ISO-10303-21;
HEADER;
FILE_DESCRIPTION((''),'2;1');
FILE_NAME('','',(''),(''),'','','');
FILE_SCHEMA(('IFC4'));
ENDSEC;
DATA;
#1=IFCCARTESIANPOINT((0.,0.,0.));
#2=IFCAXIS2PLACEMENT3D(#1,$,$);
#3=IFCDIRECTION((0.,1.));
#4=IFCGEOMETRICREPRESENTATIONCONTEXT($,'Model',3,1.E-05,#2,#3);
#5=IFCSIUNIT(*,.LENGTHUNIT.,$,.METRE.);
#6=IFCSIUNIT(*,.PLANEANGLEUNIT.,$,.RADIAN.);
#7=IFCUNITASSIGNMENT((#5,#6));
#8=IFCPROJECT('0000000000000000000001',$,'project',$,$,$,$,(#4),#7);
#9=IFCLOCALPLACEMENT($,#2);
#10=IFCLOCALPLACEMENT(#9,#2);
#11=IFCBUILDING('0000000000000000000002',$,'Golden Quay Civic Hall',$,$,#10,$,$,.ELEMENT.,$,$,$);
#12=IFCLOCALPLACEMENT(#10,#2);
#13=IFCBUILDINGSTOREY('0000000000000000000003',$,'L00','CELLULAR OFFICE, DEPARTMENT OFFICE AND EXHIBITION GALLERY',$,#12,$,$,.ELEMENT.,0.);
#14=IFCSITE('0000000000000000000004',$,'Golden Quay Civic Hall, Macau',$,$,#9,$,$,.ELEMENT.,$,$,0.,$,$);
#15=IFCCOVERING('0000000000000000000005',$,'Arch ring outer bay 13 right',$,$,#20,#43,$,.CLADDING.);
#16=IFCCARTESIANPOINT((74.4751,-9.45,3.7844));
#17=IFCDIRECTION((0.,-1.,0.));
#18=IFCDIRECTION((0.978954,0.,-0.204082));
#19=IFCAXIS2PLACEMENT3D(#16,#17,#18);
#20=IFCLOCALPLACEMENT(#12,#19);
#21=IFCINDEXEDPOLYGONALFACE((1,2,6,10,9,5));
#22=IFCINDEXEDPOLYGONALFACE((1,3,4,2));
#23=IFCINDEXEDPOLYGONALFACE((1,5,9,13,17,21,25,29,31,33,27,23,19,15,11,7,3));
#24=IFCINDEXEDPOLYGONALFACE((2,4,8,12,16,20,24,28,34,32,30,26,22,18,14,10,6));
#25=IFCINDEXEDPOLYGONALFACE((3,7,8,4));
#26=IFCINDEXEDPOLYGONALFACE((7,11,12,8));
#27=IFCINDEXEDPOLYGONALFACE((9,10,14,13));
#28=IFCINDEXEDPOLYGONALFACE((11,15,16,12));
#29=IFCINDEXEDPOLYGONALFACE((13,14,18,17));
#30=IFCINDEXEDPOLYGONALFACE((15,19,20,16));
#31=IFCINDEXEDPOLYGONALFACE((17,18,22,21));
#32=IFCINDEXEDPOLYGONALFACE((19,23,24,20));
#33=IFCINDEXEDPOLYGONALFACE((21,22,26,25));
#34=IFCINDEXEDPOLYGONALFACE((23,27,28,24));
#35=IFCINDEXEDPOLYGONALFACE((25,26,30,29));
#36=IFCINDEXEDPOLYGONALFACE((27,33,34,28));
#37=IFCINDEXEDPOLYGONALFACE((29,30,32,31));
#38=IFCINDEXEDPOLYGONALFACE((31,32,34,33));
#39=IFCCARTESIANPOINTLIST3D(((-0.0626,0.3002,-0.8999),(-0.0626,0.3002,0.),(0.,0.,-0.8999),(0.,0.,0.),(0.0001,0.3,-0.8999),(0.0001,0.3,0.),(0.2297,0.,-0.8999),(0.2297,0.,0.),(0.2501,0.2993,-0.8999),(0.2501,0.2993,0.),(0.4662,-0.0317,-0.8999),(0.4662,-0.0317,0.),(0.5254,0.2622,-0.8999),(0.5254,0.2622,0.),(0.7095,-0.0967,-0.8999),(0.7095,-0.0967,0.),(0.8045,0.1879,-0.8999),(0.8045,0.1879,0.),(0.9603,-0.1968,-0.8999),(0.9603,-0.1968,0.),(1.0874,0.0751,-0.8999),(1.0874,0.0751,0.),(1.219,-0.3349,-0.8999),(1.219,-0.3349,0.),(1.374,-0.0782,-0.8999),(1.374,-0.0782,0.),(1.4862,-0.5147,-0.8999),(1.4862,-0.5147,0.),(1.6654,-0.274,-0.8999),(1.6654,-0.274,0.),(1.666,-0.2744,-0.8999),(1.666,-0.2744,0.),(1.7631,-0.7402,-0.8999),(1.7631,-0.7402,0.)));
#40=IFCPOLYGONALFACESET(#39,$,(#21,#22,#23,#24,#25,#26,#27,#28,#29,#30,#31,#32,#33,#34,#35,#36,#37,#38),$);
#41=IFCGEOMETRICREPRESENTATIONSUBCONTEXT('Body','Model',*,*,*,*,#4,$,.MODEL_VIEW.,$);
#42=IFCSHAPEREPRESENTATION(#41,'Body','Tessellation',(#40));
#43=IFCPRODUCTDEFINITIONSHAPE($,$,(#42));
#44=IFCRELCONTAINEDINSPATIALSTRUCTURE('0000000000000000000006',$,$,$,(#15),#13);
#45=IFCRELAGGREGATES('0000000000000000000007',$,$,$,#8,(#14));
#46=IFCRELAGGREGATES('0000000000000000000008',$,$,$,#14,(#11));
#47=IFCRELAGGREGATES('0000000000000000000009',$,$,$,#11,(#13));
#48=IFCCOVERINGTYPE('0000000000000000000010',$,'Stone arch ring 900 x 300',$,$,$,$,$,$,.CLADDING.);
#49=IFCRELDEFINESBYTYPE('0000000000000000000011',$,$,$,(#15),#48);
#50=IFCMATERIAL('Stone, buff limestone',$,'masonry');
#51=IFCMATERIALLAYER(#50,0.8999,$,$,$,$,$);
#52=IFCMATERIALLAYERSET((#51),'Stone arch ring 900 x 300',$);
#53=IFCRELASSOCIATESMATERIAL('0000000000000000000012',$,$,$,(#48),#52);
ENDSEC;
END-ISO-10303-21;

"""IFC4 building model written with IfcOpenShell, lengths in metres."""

from ifc_helpers import new_model, si_unit, direction, frame, origin, place, context, subcontext, project, spatial, polyline, outline, extrude, material, layer, layer_set, type_object, element, save


model = new_model("IFC4")

# Units and contexts
model_context = context("Model", 3, precision=1e-05, world=origin(), true_north=direction((0.0, 1.0)))
body_context = subcontext(model_context, "Body", "Model", "MODEL_VIEW")
ifc_project = project(units=[si_unit("LENGTHUNIT", "METRE"), si_unit("PLANEANGLEUNIT", "RADIAN")], contexts=[model_context])

# Site, building, storey
site_placement = place(None, origin())
site = spatial("IfcSite", under=ifc_project, at=site_placement, Name="Golden Quay Civic Hall, Macau", CompositionType="ELEMENT", RefElevation=0.0)
building_placement = place(site_placement, origin())
building = spatial("IfcBuilding", under=site, at=building_placement, Name="Golden Quay Civic Hall", CompositionType="ELEMENT")
storey_placement = place(building_placement, origin())
storey = spatial("IfcBuildingStorey", under=building, at=storey_placement, Name="L00", Description="CELLULAR OFFICE, DEPARTMENT OFFICE AND EXHIBITION GALLERY", CompositionType="ELEMENT", Elevation=0.0)

# Covering
ifc_material_1 = material(Name="Stone, buff limestone", Category="masonry")
ifc_layer_1 = layer(ifc_material_1, 0.8999)
ifc_layer_set_1 = layer_set([ifc_layer_1], Name="Stone arch ring 900 x 300")
covering_type_1 = type_object("IfcCoveringType", Name="Stone arch ring 900 x 300", PredefinedType="CLADDING", material=ifc_layer_set_1)
covering_1_placement = place(storey_placement, frame((74.4751, -9.45, 3.7844), z_axis=(0.0, -1.0, 0.0), x_axis=(0.978954, 0.0, -0.204082)))
element("IfcCovering", 1, at=covering_1_placement, inside=storey, type_object=covering_type_1, Name="Arch ring outer bay 13 right", PredefinedType="CLADDING", context=body_context, shape_type="SweptSolid", body=[
    extrude(outline(polyline([(0.0, 0.0), (0.2297, 0.0), (0.4662, -0.0317), (0.7095, -0.0967), (0.9603, -0.1968), (1.219, -0.3349), (1.4862, -0.5147), (1.7631, -0.7402), (1.666, -0.2744), (1.6654, -0.274), (1.374, -0.0782), (1.0874, 0.0751), (0.8045, 0.1879), (0.5254, 0.2622), (0.2501, 0.2993), (0.0001, 0.3), (-0.0626, 0.3002), (0.0, 0.0)])), origin(), (0.0, 0.0, -1.0), 0.8999),
])

save(model, "model.ifc")
